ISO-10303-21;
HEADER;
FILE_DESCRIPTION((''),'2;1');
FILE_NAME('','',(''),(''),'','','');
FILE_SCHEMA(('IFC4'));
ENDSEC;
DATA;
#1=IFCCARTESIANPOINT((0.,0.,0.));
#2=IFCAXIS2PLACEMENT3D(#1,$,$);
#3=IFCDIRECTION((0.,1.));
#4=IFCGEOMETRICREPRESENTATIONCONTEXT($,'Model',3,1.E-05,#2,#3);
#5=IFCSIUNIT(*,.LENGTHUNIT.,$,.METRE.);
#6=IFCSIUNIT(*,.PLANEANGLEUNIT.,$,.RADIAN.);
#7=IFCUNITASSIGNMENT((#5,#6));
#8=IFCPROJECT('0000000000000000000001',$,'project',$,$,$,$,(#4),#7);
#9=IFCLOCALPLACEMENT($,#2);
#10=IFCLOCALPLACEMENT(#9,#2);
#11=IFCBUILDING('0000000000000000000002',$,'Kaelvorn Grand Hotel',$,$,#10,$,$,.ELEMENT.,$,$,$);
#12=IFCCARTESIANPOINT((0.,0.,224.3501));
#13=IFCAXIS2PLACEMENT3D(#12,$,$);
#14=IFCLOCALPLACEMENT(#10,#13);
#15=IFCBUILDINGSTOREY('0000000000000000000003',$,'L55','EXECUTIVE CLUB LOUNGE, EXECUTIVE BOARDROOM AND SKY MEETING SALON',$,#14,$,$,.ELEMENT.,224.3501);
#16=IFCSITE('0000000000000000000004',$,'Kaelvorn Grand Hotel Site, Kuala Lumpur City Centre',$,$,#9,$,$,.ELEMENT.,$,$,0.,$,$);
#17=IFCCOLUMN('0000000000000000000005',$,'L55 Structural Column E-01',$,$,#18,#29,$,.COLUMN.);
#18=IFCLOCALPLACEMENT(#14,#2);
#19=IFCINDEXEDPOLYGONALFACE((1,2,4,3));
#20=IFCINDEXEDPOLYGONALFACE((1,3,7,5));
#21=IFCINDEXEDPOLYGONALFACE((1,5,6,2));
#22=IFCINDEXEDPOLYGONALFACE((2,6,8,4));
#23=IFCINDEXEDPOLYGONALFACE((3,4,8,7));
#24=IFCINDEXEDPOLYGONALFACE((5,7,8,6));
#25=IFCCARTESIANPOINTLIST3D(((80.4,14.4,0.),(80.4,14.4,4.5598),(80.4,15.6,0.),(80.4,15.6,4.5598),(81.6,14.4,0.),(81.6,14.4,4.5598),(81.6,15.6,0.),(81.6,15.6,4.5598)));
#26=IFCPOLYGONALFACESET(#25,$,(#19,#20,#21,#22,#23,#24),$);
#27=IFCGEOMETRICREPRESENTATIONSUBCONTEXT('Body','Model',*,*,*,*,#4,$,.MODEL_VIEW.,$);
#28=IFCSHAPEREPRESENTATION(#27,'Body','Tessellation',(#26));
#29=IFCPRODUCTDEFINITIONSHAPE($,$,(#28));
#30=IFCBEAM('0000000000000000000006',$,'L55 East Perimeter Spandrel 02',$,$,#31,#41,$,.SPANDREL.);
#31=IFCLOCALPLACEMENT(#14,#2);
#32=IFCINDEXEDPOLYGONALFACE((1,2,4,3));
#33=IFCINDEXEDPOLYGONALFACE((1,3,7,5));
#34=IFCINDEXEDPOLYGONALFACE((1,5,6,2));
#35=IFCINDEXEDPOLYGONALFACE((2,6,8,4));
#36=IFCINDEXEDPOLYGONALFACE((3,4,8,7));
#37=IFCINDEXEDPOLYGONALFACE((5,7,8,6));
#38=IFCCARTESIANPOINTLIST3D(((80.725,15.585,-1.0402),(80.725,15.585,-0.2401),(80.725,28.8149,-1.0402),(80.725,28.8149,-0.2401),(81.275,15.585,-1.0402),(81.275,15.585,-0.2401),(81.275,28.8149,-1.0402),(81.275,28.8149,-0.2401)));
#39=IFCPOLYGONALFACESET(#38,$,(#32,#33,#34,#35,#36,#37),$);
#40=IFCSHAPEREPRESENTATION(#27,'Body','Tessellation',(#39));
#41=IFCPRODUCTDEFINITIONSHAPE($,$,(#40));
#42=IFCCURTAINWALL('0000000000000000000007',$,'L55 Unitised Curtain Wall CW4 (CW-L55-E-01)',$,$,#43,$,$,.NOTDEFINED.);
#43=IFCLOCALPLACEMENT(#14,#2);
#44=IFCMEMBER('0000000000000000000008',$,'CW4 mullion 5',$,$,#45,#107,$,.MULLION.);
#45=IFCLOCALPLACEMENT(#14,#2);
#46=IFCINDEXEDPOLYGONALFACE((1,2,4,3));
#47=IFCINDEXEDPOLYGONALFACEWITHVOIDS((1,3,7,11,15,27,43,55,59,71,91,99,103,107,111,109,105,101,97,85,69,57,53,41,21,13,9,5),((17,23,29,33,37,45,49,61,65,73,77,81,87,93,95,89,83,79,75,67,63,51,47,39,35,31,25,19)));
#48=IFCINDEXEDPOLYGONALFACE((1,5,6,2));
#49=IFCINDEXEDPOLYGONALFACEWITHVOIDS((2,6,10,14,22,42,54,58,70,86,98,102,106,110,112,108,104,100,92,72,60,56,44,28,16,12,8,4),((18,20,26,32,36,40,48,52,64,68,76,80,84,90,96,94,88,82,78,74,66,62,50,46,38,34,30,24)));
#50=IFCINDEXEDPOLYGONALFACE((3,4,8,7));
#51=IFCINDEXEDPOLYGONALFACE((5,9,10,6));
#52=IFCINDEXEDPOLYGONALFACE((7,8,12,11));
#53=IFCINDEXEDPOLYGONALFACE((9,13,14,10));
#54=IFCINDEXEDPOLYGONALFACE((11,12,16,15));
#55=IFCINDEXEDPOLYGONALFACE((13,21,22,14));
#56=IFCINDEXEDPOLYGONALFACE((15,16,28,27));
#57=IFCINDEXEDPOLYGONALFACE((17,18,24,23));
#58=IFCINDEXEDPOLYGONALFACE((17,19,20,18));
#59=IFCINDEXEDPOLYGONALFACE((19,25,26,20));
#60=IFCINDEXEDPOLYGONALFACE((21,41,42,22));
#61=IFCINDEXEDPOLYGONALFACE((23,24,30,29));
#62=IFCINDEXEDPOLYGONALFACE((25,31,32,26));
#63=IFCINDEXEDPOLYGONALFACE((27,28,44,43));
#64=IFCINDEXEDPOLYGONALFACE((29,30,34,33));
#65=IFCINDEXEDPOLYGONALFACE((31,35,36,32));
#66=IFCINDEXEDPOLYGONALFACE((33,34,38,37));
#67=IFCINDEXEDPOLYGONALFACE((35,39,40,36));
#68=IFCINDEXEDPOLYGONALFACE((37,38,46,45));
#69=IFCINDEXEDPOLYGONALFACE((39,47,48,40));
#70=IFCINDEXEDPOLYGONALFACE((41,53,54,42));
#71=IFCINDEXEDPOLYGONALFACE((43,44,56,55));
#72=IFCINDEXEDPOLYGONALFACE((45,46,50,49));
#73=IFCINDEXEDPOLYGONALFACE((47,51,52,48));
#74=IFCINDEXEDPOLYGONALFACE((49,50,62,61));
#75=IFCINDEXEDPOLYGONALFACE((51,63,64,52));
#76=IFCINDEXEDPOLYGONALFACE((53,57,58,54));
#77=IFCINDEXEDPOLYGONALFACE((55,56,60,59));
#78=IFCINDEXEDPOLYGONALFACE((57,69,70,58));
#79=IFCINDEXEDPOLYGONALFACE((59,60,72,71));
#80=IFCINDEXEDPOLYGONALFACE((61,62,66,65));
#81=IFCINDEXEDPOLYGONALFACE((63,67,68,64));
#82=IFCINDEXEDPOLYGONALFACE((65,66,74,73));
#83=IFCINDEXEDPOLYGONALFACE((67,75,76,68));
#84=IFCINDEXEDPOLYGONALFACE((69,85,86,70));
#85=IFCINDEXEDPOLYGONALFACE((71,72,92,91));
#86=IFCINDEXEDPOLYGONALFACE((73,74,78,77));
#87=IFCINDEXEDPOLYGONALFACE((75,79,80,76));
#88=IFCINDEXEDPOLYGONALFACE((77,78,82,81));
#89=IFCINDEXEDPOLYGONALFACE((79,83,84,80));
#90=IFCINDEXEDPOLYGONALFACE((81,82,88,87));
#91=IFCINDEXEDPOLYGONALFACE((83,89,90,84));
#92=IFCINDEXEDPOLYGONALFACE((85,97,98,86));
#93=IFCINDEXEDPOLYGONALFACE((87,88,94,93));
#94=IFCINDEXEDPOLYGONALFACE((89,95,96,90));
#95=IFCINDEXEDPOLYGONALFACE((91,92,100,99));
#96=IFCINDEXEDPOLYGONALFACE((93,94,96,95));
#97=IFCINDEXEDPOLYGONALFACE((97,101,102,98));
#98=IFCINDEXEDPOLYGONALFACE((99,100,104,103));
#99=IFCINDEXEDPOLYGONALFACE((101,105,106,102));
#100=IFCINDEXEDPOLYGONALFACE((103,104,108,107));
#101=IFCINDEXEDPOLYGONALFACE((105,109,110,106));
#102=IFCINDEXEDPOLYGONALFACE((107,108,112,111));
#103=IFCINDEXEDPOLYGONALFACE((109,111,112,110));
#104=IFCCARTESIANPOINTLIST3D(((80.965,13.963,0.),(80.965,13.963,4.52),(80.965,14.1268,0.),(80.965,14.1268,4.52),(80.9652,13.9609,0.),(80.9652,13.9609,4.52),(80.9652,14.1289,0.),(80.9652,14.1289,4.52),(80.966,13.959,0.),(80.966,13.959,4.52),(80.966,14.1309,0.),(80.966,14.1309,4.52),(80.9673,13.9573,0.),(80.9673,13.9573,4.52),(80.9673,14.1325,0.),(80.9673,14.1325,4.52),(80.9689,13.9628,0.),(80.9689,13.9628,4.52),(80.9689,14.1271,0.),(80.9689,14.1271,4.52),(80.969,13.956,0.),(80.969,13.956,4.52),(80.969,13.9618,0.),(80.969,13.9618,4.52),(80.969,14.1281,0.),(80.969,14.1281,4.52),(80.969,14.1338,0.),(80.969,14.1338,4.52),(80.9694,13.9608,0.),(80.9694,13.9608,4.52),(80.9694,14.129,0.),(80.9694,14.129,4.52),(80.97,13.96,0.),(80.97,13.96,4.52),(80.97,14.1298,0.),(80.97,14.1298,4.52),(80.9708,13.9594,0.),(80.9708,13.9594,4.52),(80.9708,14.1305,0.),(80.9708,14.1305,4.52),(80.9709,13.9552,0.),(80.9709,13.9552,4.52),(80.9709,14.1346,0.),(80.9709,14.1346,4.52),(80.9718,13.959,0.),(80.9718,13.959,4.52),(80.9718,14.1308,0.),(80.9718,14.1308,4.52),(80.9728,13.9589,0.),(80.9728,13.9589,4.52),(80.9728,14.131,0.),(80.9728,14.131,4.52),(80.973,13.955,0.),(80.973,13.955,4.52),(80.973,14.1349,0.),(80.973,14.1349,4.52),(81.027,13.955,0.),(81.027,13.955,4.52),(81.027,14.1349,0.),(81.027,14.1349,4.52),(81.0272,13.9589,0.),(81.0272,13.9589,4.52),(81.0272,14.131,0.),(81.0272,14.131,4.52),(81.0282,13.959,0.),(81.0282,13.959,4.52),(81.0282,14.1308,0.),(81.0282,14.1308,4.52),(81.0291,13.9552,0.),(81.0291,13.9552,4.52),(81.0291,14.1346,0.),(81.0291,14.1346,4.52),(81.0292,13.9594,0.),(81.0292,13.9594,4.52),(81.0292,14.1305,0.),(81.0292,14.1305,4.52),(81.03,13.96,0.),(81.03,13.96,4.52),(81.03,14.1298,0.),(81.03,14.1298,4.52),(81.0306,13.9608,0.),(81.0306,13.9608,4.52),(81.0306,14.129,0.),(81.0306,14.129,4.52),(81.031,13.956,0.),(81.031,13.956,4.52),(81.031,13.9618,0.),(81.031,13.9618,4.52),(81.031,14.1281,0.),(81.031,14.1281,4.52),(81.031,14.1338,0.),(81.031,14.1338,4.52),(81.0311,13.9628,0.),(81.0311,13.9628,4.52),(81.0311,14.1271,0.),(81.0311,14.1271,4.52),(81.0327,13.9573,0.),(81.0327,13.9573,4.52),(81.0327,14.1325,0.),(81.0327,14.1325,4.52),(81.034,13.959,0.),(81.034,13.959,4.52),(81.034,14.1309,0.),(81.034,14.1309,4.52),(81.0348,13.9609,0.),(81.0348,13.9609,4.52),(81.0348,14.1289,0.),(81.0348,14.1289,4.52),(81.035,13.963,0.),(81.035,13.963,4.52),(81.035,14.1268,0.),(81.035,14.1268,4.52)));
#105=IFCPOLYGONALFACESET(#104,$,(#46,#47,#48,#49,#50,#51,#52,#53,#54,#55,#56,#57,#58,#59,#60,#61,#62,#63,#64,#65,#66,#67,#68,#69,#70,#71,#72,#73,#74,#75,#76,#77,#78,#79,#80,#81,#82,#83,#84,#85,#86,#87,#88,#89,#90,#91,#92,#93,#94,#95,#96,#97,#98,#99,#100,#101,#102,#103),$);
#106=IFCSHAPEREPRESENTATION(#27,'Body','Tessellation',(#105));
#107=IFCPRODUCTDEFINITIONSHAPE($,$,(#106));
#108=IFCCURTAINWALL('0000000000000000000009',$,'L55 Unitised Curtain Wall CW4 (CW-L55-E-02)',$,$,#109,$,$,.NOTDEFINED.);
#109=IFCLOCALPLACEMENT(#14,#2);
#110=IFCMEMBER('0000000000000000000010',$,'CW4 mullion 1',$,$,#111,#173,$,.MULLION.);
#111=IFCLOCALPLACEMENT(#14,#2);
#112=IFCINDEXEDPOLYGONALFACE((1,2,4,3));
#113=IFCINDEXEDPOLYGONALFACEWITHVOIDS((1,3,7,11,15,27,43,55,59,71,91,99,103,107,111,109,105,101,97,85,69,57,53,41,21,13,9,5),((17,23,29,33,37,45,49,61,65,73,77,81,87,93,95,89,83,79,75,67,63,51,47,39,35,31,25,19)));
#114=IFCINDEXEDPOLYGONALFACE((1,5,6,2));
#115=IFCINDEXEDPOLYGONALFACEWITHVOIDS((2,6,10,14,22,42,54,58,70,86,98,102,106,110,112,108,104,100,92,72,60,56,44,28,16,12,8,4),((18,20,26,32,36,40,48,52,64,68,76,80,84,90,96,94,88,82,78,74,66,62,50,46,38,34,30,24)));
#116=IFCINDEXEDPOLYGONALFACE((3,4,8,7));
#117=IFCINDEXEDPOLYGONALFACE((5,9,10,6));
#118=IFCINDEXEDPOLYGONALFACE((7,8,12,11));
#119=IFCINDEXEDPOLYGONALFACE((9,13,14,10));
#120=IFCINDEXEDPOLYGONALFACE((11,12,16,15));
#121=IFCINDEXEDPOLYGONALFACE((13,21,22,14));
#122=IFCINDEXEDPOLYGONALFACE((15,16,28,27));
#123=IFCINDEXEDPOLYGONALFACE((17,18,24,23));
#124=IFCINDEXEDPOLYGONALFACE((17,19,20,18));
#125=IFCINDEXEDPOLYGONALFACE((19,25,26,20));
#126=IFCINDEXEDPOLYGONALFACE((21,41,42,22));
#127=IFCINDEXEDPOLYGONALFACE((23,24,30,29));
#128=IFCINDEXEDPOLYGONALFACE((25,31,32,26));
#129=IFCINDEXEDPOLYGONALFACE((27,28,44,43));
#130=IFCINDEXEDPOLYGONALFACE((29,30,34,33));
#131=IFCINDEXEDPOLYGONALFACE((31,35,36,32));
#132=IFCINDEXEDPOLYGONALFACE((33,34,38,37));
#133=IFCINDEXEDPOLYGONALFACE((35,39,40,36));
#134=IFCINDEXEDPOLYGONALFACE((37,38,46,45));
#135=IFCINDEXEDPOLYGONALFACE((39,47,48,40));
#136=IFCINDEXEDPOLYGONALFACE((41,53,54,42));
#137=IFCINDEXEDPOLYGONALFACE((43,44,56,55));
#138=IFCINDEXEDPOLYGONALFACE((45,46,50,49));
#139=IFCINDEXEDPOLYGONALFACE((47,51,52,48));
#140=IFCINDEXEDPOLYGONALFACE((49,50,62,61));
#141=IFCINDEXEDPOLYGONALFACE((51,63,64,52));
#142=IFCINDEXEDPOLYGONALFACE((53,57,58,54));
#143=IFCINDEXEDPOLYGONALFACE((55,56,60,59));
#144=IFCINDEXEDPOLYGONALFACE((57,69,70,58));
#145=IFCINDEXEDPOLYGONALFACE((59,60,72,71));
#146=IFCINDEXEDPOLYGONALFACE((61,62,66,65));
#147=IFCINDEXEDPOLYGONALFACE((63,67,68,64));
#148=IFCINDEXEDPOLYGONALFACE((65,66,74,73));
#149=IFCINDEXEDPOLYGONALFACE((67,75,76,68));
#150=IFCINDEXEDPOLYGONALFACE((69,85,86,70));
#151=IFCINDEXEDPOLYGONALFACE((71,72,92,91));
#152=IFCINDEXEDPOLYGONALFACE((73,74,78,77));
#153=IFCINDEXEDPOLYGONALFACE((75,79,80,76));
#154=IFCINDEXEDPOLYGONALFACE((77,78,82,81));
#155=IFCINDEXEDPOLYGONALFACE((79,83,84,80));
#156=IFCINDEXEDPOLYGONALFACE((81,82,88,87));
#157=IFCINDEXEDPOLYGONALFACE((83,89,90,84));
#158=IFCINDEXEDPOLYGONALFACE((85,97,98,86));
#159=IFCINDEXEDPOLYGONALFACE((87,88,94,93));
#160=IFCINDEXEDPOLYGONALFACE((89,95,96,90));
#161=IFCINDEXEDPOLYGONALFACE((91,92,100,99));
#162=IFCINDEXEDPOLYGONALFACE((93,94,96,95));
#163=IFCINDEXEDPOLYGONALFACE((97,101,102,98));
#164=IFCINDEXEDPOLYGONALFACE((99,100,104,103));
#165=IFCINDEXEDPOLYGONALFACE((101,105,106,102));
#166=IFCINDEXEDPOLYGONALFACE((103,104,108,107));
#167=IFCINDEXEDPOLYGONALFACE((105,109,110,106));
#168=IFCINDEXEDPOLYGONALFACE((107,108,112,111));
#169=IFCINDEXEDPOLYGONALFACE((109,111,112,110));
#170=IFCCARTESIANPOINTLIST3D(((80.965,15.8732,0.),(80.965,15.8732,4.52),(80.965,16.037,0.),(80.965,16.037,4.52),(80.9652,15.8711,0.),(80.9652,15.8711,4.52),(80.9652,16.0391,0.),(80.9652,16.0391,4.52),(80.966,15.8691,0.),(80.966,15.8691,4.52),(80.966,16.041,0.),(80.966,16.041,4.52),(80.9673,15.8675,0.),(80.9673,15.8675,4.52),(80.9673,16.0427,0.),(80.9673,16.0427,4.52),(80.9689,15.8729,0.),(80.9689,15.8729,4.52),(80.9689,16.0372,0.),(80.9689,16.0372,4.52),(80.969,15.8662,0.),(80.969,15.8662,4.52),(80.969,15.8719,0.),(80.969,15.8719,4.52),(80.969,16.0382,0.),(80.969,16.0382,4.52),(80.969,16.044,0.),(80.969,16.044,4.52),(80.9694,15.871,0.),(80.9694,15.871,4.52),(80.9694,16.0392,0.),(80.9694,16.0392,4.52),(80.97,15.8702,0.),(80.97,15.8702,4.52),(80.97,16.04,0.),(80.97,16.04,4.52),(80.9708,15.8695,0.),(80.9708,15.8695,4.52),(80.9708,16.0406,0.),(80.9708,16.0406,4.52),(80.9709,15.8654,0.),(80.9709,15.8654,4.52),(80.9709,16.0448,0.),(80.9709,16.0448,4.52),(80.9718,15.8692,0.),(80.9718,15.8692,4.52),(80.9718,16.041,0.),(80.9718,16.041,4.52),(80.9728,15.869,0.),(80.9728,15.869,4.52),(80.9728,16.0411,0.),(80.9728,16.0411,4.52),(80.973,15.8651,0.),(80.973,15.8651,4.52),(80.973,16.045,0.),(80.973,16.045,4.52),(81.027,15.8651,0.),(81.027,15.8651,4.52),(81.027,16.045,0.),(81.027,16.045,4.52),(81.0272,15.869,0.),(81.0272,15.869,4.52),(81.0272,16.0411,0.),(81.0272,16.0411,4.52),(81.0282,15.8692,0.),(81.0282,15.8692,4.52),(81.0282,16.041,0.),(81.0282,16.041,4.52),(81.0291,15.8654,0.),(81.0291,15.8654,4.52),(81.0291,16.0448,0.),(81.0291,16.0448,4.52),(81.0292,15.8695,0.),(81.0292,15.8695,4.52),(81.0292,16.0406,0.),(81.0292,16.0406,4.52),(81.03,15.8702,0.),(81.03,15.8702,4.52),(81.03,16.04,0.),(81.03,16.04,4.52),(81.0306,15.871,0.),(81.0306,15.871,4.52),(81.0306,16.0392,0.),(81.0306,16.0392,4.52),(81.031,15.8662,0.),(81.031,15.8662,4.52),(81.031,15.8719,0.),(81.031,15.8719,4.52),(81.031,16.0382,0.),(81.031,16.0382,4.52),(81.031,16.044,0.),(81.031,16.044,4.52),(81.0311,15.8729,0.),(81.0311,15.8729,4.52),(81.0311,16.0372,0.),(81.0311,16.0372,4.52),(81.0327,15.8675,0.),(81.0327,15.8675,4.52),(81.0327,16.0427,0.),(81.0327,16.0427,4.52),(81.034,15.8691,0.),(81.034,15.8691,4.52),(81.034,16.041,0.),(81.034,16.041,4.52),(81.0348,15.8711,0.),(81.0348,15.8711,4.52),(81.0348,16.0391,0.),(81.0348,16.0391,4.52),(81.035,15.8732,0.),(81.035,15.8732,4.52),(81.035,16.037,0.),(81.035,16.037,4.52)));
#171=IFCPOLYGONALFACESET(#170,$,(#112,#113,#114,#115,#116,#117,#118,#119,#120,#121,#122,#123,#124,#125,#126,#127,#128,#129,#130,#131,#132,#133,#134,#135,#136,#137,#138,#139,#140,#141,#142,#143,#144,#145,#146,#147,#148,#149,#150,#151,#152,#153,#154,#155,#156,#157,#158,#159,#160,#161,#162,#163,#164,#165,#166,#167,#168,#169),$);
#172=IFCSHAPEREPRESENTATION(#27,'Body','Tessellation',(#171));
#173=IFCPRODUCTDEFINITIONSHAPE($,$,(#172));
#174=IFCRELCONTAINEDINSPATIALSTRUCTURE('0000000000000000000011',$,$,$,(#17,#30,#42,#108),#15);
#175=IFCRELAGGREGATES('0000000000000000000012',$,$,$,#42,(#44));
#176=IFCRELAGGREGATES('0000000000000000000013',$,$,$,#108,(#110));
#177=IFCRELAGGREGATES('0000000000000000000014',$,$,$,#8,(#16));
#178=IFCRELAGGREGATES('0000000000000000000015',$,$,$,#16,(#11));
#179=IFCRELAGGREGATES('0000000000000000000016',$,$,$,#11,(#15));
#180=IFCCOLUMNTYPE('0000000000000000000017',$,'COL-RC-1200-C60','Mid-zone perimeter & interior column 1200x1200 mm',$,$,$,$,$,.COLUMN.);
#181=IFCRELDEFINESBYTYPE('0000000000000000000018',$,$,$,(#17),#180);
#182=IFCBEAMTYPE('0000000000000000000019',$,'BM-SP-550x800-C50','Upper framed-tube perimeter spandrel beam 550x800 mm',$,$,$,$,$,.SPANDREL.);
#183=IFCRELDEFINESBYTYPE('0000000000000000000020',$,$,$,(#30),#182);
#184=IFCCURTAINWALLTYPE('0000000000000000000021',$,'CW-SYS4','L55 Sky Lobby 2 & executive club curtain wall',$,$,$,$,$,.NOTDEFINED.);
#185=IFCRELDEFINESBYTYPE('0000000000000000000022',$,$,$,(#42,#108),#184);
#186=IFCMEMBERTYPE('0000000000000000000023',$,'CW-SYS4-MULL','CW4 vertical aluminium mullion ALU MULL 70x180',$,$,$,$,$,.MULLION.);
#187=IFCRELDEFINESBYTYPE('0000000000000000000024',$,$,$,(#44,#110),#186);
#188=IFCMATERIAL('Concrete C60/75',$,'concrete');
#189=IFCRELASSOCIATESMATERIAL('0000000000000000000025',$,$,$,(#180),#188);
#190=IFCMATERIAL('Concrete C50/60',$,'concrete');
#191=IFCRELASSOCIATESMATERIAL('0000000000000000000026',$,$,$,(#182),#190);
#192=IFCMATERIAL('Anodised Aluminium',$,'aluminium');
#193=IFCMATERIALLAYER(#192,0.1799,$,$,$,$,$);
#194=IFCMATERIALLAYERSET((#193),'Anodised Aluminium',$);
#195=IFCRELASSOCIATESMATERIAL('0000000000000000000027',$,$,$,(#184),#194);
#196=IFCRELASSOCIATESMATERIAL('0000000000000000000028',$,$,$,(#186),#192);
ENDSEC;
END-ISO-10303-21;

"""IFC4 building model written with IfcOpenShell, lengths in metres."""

from ifc_helpers import new_model, si_unit, direction, frame, origin, origin_2d, place, context, subcontext, project, spatial, rectangle, hollow_rectangle, extrude, material, layer, layer_set, material_profile, profile_set, type_object, element, aggregate, save


model = new_model("IFC4")

# Units and contexts
model_context = context("Model", 3, precision=1e-05, world=origin(), true_north=direction((0.0, 1.0)))
body_context = subcontext(model_context, "Body", "Model", "MODEL_VIEW")
ifc_project = project(units=[si_unit("LENGTHUNIT", "METRE"), si_unit("PLANEANGLEUNIT", "RADIAN")], contexts=[model_context])

# Site, building, storey
site_placement = place(None, origin())
site = spatial("IfcSite", under=ifc_project, at=site_placement, Name="Kaelvorn Grand Hotel Site, Kuala Lumpur City Centre", CompositionType="ELEMENT", RefElevation=0.0)
building_placement = place(site_placement, origin())
building = spatial("IfcBuilding", under=site, at=building_placement, Name="Kaelvorn Grand Hotel", CompositionType="ELEMENT")
storey_placement = place(building_placement, frame((0.0, 0.0, 224.3501)))
storey = spatial("IfcBuildingStorey", under=building, at=storey_placement, Name="L55", Description="EXECUTIVE CLUB LOUNGE, EXECUTIVE BOARDROOM AND SKY MEETING SALON", CompositionType="ELEMENT", Elevation=224.3501)

# Column
ifc_material_1 = material(Name="Concrete C60/75", Category="concrete")
ifc_material_profile_1 = material_profile(ifc_material_1, rectangle(XDim=1.2, YDim=1.2, at=origin_2d()), Name="RC COL 1200x1200")
ifc_profile_set_1 = profile_set([ifc_material_profile_1], Name="Concrete C60/75")
column_type = type_object("IfcColumnType", Name="COL-RC-1200-C60", Description="Mid-zone perimeter & interior column 1200x1200 mm", PredefinedType="COLUMN", material=ifc_profile_set_1)
column_placement = place(storey_placement, frame((81.0, 15.0, 0.0), z_axis=(0.0, 0.0, 1.0), x_axis=(1.0, 0.0, 0.0)))
element("IfcColumn", 1, at=column_placement, inside=storey, type_object=column_type, Name="L55 Structural Column E-01", PredefinedType="COLUMN", context=body_context, shape_type="SweptSolid", body=[
    extrude(rectangle(XDim=1.2, YDim=1.2, at=origin_2d()), origin(), (0.0, 0.0, 1.0), 4.5598),
])

# Beam
ifc_material_2 = material(Name="Concrete C50/60", Category="concrete")
ifc_material_profile_2 = material_profile(ifc_material_2, rectangle(XDim=0.55, YDim=0.8, at=origin_2d()), Name="RC SPANDREL 550x800")
ifc_profile_set_2 = profile_set([ifc_material_profile_2], Name="Concrete C50/60")
beam_type = type_object("IfcBeamType", Name="BM-SP-550x800-C50", Description="Upper framed-tube perimeter spandrel beam 550x800 mm", PredefinedType="SPANDREL", material=ifc_profile_set_2)
beam_placement = place(storey_placement, frame((81.0, 15.585, -0.6401), z_axis=(0.0, 1.0, 0.0), x_axis=(-1.0, 0.0, 0.0)))
element("IfcBeam", 2, at=beam_placement, inside=storey, type_object=beam_type, Name="L55 East Perimeter Spandrel 02", PredefinedType="SPANDREL", context=body_context, shape_type="SweptSolid", body=[
    extrude(rectangle(XDim=0.55, YDim=0.8, at=origin_2d()), origin(), (0.0, 0.0, 1.0), 13.23),
])

# Curtain wall, member
ifc_material_3 = material(Name="Anodised Aluminium", Category="aluminium")
ifc_layer_1 = layer(ifc_material_3, 0.1799)
ifc_layer_set_1 = layer_set([ifc_layer_1], Name="Anodised Aluminium")
curtain_wall_type = type_object("IfcCurtainWallType", Name="CW-SYS4", Description="L55 Sky Lobby 2 & executive club curtain wall", PredefinedType="NOTDEFINED", material=ifc_layer_set_1)
curtain_wall_1_placement = place(storey_placement, origin())
curtain_wall_1 = element("IfcCurtainWall", 3, at=curtain_wall_1_placement, inside=storey, type_object=curtain_wall_type, Name="L55 Unitised Curtain Wall CW4 (CW-L55-E-01)", PredefinedType="NOTDEFINED")
ifc_material_profile_3 = material_profile(ifc_material_3, hollow_rectangle(XDim=0.0701, YDim=0.1799, WallThickness=0.0039, InnerFilletRadius=0.0039, OuterFilletRadius=0.0081, at=origin_2d()), Name="ALU MULL 70x180")
ifc_profile_set_3 = profile_set([ifc_material_profile_3], Name="Anodised Aluminium")
member_type_1 = type_object("IfcMemberType", Name="CW-SYS4-MULL", Description="CW4 vertical aluminium mullion ALU MULL 70x180", PredefinedType="MULLION", material=ifc_profile_set_3)
member_1_placement = place(storey_placement, frame((81.0, 14.0449, 0.0), z_axis=(0.0, 0.0, 1.0), x_axis=(-1.0, 0.0, 0.0)))
member_1 = element("IfcMember", 4, at=member_1_placement, type_object=member_type_1, Name="CW4 mullion 5", PredefinedType="MULLION", context=body_context, shape_type="SweptSolid", body=[
    extrude(hollow_rectangle(XDim=0.0701, YDim=0.1799, WallThickness=0.0039, InnerFilletRadius=0.0039, OuterFilletRadius=0.0081, at=origin_2d()), origin(), (0.0, 0.0, 1.0), 4.52),
])

# Curtain wall, member
curtain_wall_2_placement = place(storey_placement, origin())
curtain_wall_2 = element("IfcCurtainWall", 5, at=curtain_wall_2_placement, inside=storey, type_object=curtain_wall_type, Name="L55 Unitised Curtain Wall CW4 (CW-L55-E-02)", PredefinedType="NOTDEFINED")
member_2_placement = place(storey_placement, frame((81.0, 15.9551, 0.0), z_axis=(0.0, 0.0, 1.0), x_axis=(-1.0, 0.0, 0.0)))
member_2 = element("IfcMember", 6, at=member_2_placement, type_object=member_type_1, Name="CW4 mullion 1", PredefinedType="MULLION", context=body_context, shape_type="SweptSolid", body=[
    extrude(hollow_rectangle(XDim=0.0701, YDim=0.1799, WallThickness=0.0039, InnerFilletRadius=0.0039, OuterFilletRadius=0.0081, at=origin_2d()), origin(), (0.0, 0.0, 1.0), 4.52),
])

aggregate(curtain_wall_1, [member_1])
aggregate(curtain_wall_2, [member_2])

save(model, "model.ifc")
